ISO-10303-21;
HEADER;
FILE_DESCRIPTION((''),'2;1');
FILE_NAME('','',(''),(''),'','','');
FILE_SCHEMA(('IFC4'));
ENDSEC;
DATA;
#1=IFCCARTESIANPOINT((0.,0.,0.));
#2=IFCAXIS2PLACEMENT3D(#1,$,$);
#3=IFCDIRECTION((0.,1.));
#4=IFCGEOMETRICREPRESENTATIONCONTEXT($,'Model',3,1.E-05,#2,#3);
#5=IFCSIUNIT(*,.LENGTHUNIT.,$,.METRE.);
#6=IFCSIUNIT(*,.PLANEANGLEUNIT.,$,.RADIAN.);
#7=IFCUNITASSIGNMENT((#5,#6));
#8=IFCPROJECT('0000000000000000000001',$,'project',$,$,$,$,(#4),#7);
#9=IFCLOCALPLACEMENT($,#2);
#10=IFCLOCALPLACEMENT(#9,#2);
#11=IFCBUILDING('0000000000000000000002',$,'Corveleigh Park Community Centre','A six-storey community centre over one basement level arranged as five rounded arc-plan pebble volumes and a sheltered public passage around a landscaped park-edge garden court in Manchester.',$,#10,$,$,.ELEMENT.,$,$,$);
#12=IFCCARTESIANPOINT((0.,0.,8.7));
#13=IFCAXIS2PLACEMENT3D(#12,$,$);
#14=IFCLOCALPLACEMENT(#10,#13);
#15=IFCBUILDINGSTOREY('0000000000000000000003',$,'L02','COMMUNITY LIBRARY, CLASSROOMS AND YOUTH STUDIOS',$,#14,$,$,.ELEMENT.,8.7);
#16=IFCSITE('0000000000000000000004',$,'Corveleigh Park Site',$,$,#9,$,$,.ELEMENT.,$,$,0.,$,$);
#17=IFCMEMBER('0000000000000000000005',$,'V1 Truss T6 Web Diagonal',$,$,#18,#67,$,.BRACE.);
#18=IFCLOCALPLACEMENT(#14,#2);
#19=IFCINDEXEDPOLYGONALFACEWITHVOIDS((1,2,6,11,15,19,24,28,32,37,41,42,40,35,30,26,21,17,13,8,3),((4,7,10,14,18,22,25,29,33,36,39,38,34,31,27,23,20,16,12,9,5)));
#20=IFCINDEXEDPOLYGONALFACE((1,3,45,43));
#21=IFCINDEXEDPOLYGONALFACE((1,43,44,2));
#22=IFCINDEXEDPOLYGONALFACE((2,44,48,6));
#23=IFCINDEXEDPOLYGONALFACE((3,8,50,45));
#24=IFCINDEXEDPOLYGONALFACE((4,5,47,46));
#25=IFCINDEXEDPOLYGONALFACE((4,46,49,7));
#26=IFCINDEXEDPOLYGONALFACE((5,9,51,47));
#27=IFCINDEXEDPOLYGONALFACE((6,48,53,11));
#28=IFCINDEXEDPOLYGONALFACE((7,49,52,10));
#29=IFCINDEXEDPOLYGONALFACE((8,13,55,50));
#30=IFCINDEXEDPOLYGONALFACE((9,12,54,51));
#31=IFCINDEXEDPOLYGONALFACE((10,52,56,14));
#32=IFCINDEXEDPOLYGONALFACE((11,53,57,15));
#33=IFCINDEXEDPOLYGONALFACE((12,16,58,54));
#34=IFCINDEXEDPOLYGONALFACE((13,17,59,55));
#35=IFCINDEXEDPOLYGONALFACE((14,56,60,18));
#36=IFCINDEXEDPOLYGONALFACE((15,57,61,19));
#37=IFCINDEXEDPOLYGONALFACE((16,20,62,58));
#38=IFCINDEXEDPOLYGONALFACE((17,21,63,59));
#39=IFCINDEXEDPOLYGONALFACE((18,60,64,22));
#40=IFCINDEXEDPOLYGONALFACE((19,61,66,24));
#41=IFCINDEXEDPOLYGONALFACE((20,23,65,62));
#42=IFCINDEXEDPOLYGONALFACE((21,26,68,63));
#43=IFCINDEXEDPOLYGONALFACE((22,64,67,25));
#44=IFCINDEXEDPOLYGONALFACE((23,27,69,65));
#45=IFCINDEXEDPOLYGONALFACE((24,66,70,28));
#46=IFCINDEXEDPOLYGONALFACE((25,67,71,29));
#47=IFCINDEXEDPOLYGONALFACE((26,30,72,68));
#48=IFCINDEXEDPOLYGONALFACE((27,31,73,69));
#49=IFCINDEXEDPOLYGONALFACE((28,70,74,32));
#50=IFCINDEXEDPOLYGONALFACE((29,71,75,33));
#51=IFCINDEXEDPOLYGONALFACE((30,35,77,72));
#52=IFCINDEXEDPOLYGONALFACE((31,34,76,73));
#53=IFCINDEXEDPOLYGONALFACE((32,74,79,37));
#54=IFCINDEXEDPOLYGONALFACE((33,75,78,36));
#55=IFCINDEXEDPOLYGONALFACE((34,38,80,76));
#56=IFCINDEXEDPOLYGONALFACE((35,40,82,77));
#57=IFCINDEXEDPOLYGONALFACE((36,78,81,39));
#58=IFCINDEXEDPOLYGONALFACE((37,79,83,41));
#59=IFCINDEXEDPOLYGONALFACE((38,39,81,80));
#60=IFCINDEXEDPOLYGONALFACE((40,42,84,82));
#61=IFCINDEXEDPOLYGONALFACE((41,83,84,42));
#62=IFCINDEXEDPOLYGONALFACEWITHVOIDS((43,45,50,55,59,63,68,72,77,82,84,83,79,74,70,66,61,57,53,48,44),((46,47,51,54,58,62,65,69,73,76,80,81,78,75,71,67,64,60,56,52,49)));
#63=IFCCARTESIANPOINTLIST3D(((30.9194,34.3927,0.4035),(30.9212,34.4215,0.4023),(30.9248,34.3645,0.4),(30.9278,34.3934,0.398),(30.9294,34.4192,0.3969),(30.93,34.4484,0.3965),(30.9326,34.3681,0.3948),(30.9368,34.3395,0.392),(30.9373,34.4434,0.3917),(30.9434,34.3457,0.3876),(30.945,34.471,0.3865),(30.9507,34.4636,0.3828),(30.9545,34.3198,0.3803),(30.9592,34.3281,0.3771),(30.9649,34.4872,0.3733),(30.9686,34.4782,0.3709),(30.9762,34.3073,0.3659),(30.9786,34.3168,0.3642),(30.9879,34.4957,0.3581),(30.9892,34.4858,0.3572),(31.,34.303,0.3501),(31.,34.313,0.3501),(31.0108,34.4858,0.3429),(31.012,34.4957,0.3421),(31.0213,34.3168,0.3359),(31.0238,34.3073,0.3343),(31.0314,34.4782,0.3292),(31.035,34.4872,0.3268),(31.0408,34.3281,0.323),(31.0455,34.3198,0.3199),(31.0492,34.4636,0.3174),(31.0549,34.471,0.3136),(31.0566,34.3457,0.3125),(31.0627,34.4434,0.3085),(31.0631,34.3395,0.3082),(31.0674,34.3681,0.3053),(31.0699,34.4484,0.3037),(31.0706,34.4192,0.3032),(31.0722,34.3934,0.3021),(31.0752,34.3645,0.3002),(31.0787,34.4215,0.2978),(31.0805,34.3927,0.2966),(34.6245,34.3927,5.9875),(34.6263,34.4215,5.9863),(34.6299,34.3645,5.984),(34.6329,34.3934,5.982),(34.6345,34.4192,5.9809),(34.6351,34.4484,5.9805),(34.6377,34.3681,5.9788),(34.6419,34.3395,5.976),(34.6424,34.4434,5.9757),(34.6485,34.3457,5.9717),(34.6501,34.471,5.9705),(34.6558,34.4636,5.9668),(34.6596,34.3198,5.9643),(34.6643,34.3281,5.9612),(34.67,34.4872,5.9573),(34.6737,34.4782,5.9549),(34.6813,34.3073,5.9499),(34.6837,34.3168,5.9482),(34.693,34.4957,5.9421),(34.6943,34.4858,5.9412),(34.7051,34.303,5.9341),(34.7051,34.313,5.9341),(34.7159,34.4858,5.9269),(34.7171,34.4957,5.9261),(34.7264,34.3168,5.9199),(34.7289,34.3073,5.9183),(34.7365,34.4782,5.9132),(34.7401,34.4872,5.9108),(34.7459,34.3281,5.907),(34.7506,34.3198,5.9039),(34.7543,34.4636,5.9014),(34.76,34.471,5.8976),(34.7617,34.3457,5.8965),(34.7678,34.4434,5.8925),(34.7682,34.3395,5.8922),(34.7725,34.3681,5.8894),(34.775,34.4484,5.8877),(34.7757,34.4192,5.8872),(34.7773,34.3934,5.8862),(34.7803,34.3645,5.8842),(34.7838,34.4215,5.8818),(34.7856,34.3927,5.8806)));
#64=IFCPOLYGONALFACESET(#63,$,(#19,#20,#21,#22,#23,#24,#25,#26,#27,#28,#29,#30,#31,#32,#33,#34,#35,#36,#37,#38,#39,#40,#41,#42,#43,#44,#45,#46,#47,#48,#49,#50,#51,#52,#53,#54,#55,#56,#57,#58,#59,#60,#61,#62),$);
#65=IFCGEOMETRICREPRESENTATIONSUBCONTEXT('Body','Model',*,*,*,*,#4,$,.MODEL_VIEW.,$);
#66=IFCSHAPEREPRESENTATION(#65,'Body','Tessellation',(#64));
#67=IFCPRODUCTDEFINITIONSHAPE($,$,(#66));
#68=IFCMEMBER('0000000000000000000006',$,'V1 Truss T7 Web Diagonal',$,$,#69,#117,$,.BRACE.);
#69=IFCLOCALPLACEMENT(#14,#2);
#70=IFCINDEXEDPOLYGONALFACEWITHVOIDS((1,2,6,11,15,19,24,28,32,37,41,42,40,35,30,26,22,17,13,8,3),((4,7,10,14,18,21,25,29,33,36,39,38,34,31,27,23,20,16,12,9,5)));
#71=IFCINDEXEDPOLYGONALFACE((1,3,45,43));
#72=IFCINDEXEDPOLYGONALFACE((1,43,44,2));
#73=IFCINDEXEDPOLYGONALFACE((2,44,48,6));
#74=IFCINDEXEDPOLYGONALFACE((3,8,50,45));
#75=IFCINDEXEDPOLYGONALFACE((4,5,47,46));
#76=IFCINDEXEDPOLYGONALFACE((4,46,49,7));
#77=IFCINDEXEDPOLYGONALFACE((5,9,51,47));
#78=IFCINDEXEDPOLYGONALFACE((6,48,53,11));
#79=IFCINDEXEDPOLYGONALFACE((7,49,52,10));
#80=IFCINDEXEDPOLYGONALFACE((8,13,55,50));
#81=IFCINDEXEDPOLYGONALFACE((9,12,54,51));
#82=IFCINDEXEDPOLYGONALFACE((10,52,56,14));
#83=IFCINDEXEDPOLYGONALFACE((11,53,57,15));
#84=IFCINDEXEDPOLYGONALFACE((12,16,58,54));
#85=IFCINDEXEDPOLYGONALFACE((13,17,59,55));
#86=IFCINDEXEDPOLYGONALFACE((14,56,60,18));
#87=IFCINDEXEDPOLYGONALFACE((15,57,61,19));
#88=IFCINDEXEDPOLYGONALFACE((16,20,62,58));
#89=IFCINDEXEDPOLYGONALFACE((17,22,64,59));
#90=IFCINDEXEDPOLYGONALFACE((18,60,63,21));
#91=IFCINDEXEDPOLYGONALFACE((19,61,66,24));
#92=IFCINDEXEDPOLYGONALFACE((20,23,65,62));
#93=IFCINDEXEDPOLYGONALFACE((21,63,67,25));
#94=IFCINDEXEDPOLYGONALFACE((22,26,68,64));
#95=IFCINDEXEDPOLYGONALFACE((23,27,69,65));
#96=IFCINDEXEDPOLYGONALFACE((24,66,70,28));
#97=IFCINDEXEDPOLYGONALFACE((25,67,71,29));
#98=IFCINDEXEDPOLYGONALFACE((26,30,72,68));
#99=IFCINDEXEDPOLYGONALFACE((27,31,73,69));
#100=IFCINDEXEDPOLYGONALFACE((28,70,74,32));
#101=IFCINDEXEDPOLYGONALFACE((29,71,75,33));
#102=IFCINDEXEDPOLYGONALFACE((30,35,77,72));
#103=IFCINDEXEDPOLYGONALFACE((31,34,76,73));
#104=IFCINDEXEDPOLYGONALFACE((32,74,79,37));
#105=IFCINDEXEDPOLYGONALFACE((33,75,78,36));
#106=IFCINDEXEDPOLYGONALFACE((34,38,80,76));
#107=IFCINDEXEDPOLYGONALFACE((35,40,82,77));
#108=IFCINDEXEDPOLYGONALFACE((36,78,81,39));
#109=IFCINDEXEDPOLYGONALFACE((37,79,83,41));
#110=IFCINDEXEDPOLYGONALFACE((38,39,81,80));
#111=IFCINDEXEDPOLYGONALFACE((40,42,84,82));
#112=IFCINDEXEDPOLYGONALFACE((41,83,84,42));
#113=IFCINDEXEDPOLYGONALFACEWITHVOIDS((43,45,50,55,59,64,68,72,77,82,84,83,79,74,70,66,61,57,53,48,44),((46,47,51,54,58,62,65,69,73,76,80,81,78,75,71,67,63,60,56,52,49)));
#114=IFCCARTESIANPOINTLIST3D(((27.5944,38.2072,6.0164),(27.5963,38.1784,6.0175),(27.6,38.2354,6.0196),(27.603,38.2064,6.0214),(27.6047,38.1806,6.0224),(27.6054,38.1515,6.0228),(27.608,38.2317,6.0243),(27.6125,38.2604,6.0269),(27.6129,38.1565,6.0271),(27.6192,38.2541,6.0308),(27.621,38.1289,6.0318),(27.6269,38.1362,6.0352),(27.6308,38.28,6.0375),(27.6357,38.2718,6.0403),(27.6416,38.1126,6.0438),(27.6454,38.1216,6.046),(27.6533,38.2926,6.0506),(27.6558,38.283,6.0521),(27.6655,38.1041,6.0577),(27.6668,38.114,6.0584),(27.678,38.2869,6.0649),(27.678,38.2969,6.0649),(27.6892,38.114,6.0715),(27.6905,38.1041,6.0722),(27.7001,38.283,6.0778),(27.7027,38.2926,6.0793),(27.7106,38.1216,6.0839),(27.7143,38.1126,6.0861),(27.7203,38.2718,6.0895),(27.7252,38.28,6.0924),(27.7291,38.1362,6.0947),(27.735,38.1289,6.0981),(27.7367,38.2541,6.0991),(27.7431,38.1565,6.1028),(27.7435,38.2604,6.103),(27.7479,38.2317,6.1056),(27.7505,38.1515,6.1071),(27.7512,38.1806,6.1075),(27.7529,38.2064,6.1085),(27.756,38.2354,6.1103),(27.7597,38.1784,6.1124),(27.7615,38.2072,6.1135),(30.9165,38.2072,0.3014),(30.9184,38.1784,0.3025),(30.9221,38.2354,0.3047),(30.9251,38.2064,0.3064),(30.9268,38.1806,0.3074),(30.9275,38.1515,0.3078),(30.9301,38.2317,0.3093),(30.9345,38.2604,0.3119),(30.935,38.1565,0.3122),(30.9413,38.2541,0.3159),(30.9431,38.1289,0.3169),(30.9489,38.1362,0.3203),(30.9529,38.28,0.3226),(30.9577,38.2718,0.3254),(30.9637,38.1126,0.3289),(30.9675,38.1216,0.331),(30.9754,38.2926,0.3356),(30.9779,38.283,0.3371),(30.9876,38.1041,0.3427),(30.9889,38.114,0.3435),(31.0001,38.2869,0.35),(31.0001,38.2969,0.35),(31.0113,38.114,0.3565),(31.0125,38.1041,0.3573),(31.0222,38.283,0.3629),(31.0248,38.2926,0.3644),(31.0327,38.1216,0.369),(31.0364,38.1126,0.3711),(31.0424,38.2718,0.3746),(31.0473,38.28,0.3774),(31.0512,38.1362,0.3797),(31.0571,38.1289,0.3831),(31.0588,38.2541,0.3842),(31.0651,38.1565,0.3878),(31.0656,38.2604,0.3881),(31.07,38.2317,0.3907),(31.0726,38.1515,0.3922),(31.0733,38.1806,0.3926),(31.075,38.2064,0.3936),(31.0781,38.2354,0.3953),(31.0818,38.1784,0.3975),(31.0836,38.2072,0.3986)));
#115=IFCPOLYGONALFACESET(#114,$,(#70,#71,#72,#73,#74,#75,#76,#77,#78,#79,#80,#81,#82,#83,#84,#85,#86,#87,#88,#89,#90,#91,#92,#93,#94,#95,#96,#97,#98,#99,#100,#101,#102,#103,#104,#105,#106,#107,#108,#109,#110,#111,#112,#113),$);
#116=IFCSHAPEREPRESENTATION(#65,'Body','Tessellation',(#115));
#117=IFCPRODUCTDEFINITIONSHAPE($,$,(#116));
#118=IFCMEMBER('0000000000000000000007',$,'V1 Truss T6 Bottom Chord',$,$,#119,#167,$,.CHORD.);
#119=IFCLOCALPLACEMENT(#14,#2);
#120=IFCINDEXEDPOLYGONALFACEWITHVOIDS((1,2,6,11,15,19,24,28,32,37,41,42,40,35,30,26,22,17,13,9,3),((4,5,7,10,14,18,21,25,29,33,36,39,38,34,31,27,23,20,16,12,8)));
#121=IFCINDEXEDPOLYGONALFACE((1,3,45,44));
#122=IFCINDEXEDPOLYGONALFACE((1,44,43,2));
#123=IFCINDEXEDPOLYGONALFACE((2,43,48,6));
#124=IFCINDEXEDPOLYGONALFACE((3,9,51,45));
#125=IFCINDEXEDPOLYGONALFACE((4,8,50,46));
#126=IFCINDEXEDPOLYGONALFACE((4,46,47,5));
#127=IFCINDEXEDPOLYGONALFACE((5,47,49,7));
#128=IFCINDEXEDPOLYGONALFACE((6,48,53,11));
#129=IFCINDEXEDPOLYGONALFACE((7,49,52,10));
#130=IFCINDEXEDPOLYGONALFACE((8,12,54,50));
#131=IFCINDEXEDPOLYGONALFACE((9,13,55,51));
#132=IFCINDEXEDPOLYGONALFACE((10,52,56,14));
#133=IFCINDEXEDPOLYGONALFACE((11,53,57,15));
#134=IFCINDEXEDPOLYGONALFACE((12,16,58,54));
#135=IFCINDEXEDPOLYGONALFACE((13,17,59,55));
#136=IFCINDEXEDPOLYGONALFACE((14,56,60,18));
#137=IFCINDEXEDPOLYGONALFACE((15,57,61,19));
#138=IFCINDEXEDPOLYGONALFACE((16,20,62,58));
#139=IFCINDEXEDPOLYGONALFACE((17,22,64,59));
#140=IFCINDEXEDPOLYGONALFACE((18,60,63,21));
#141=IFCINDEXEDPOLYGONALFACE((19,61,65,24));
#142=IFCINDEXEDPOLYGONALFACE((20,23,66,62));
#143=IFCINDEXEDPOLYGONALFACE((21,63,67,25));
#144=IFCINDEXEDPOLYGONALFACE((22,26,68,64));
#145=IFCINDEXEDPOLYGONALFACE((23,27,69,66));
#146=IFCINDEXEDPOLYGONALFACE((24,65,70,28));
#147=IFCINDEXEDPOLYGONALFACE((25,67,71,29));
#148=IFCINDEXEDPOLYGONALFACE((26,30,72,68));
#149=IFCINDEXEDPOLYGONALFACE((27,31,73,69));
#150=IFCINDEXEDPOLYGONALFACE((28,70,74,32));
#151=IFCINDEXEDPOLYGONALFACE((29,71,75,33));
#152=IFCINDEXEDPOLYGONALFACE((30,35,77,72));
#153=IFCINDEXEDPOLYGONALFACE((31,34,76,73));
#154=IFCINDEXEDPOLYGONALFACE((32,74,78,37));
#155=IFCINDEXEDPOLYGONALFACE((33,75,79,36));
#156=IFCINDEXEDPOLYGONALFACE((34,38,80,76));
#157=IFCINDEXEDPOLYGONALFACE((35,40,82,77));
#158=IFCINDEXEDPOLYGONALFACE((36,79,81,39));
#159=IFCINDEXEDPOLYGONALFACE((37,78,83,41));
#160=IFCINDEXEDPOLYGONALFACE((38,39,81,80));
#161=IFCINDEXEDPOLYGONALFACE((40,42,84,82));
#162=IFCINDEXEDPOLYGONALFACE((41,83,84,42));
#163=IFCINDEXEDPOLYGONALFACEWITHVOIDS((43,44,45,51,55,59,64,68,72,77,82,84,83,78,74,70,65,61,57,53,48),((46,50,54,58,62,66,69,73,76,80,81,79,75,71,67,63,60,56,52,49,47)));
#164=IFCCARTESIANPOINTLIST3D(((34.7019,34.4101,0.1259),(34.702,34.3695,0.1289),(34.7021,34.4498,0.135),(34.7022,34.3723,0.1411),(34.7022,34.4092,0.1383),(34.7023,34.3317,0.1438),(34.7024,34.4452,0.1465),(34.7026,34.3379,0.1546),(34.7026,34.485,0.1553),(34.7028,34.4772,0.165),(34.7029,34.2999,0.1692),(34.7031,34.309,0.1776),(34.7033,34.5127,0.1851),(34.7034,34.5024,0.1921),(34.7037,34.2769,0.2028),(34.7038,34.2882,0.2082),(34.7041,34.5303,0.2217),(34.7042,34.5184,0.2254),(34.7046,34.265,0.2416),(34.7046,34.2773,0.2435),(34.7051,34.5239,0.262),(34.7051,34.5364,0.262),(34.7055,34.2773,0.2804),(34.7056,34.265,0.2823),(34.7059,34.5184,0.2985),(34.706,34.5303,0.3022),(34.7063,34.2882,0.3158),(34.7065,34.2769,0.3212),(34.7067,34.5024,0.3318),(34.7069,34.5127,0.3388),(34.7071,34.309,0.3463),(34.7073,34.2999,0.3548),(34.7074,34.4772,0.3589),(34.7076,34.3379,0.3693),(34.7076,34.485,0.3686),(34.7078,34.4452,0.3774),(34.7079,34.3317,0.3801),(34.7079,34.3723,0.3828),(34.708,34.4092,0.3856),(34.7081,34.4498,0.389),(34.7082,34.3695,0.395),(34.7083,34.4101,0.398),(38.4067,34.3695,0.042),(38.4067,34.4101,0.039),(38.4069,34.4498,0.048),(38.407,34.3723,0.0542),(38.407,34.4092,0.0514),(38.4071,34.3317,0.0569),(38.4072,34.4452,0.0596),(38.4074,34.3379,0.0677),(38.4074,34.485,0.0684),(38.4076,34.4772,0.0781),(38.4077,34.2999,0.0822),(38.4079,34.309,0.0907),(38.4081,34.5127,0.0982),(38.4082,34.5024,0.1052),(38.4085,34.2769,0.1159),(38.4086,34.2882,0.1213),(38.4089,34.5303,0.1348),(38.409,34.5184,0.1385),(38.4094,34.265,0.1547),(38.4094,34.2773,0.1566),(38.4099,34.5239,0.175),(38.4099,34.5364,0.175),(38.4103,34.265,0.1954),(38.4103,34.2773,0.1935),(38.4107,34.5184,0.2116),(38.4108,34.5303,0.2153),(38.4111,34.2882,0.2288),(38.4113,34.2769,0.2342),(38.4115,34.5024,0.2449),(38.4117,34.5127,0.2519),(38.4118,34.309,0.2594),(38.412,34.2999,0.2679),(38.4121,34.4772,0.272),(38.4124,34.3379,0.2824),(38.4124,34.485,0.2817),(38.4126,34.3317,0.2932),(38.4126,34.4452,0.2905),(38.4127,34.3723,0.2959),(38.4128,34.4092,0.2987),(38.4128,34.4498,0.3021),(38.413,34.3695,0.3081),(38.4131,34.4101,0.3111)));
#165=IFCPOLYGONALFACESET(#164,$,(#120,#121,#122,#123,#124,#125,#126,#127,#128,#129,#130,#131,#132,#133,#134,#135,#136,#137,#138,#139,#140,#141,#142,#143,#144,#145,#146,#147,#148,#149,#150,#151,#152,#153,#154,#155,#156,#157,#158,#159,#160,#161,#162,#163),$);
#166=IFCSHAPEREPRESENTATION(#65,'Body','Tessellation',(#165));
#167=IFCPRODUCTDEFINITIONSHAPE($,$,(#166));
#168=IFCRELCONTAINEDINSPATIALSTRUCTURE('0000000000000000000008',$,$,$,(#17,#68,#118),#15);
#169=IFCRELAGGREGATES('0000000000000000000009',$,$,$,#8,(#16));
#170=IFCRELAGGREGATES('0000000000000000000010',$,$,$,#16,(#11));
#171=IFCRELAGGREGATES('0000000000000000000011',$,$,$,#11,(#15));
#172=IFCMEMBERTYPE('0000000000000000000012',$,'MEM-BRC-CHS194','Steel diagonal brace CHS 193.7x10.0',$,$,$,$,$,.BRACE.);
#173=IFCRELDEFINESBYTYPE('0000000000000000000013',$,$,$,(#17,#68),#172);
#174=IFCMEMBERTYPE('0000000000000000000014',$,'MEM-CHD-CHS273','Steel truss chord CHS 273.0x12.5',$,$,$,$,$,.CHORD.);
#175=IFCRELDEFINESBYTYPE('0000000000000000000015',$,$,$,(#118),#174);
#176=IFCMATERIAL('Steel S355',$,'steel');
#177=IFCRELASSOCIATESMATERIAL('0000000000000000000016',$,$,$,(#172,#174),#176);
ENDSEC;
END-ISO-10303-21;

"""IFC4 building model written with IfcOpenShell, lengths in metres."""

from ifc_helpers import new_model, si_unit, direction, frame, origin, origin_2d, place, context, subcontext, project, spatial, hollow_circle, extrude, material, material_profile, profile_set, type_object, element, save


model = new_model("IFC4")

# Units and contexts
model_context = context("Model", 3, precision=1e-05, world=origin(), true_north=direction((0.0, 1.0)))
body_context = subcontext(model_context, "Body", "Model", "MODEL_VIEW")
ifc_project = project(units=[si_unit("LENGTHUNIT", "METRE"), si_unit("PLANEANGLEUNIT", "RADIAN")], contexts=[model_context])

# Site, building, storey
site_placement = place(None, origin())
site = spatial("IfcSite", under=ifc_project, at=site_placement, Name="Corveleigh Park Site", CompositionType="ELEMENT", RefElevation=0.0)
building_placement = place(site_placement, origin())
building = spatial("IfcBuilding", under=site, at=building_placement, Name="Corveleigh Park Community Centre", Description="A six-storey community centre over one basement level arranged as five rounded arc-plan pebble volumes and a sheltered public passage around a landscaped park-edge garden court in Manchester.", CompositionType="ELEMENT")
storey_placement = place(building_placement, frame((0.0, 0.0, 8.7)))
storey = spatial("IfcBuildingStorey", under=building, at=storey_placement, Name="L02", Description="COMMUNITY LIBRARY, CLASSROOMS AND YOUTH STUDIOS", CompositionType="ELEMENT", Elevation=8.7)

# Members
ifc_material_1 = material(Name="Steel S355", Category="steel")
ifc_material_profile_1 = material_profile(ifc_material_1, hollow_circle(Radius=0.0969, WallThickness=0.01, at=origin_2d()), Name="CHS 193.7x10.0", Category="steel")
ifc_profile_set_1 = profile_set([ifc_material_profile_1], Name="Steel S355")
member_type_1 = type_object("IfcMemberType", Name="MEM-BRC-CHS194", Description="Steel diagonal brace CHS 193.7x10.0", PredefinedType="BRACE", material=ifc_profile_set_1)
member_1_placement = place(storey_placement, frame((34.7051, 34.3999, 5.9341), z_axis=(-0.552883, 0.0, -0.833259), x_axis=(0.0, -1.0, 0.0)))
element("IfcMember", 1, at=member_1_placement, inside=storey, type_object=member_type_1, Name="V1 Truss T6 Web Diagonal", PredefinedType="BRACE", context=body_context, shape_type="SweptSolid", body=[
    extrude(hollow_circle(Radius=0.0969, WallThickness=0.01, at=origin_2d()), origin(), (0.0, 0.0, 1.0), 6.7014),
])
member_2_placement = place(storey_placement, frame((27.678, 38.2, 6.0649), z_axis=(0.502557, 0.0, -0.864544), x_axis=(0.0, 1.0, 0.0)))
element("IfcMember", 2, at=member_2_placement, inside=storey, type_object=member_type_1, Name="V1 Truss T7 Web Diagonal", PredefinedType="BRACE", context=body_context, shape_type="SweptSolid", body=[
    extrude(hollow_circle(Radius=0.0969, WallThickness=0.01, at=origin_2d()), origin(), (0.0, 0.0, 1.0), 6.6104),
])
ifc_material_profile_2 = material_profile(ifc_material_1, hollow_circle(Radius=0.1365, WallThickness=0.0125, at=origin_2d()), Name="CHS 273.0x12.5", Category="steel")
ifc_profile_set_2 = profile_set([ifc_material_profile_2], Name="Steel S355")
member_type_2 = type_object("IfcMemberType", Name="MEM-CHD-CHS273", Description="Steel truss chord CHS 273.0x12.5", PredefinedType="CHORD", material=ifc_profile_set_2)
member_3_placement = place(storey_placement, frame((34.7051, 34.3999, 0.262), z_axis=(0.999725, 0.0, -0.023453), x_axis=(0.0, 1.0, 0.0)))
element("IfcMember", 3, at=member_3_placement, inside=storey, type_object=member_type_2, Name="V1 Truss T6 Bottom Chord", PredefinedType="CHORD", context=body_context, shape_type="SweptSolid", body=[
    extrude(hollow_circle(Radius=0.1365, WallThickness=0.0125, at=origin_2d()), origin(), (0.0, 0.0, 1.0), 3.7058),
])

save(model, "model.ifc")
